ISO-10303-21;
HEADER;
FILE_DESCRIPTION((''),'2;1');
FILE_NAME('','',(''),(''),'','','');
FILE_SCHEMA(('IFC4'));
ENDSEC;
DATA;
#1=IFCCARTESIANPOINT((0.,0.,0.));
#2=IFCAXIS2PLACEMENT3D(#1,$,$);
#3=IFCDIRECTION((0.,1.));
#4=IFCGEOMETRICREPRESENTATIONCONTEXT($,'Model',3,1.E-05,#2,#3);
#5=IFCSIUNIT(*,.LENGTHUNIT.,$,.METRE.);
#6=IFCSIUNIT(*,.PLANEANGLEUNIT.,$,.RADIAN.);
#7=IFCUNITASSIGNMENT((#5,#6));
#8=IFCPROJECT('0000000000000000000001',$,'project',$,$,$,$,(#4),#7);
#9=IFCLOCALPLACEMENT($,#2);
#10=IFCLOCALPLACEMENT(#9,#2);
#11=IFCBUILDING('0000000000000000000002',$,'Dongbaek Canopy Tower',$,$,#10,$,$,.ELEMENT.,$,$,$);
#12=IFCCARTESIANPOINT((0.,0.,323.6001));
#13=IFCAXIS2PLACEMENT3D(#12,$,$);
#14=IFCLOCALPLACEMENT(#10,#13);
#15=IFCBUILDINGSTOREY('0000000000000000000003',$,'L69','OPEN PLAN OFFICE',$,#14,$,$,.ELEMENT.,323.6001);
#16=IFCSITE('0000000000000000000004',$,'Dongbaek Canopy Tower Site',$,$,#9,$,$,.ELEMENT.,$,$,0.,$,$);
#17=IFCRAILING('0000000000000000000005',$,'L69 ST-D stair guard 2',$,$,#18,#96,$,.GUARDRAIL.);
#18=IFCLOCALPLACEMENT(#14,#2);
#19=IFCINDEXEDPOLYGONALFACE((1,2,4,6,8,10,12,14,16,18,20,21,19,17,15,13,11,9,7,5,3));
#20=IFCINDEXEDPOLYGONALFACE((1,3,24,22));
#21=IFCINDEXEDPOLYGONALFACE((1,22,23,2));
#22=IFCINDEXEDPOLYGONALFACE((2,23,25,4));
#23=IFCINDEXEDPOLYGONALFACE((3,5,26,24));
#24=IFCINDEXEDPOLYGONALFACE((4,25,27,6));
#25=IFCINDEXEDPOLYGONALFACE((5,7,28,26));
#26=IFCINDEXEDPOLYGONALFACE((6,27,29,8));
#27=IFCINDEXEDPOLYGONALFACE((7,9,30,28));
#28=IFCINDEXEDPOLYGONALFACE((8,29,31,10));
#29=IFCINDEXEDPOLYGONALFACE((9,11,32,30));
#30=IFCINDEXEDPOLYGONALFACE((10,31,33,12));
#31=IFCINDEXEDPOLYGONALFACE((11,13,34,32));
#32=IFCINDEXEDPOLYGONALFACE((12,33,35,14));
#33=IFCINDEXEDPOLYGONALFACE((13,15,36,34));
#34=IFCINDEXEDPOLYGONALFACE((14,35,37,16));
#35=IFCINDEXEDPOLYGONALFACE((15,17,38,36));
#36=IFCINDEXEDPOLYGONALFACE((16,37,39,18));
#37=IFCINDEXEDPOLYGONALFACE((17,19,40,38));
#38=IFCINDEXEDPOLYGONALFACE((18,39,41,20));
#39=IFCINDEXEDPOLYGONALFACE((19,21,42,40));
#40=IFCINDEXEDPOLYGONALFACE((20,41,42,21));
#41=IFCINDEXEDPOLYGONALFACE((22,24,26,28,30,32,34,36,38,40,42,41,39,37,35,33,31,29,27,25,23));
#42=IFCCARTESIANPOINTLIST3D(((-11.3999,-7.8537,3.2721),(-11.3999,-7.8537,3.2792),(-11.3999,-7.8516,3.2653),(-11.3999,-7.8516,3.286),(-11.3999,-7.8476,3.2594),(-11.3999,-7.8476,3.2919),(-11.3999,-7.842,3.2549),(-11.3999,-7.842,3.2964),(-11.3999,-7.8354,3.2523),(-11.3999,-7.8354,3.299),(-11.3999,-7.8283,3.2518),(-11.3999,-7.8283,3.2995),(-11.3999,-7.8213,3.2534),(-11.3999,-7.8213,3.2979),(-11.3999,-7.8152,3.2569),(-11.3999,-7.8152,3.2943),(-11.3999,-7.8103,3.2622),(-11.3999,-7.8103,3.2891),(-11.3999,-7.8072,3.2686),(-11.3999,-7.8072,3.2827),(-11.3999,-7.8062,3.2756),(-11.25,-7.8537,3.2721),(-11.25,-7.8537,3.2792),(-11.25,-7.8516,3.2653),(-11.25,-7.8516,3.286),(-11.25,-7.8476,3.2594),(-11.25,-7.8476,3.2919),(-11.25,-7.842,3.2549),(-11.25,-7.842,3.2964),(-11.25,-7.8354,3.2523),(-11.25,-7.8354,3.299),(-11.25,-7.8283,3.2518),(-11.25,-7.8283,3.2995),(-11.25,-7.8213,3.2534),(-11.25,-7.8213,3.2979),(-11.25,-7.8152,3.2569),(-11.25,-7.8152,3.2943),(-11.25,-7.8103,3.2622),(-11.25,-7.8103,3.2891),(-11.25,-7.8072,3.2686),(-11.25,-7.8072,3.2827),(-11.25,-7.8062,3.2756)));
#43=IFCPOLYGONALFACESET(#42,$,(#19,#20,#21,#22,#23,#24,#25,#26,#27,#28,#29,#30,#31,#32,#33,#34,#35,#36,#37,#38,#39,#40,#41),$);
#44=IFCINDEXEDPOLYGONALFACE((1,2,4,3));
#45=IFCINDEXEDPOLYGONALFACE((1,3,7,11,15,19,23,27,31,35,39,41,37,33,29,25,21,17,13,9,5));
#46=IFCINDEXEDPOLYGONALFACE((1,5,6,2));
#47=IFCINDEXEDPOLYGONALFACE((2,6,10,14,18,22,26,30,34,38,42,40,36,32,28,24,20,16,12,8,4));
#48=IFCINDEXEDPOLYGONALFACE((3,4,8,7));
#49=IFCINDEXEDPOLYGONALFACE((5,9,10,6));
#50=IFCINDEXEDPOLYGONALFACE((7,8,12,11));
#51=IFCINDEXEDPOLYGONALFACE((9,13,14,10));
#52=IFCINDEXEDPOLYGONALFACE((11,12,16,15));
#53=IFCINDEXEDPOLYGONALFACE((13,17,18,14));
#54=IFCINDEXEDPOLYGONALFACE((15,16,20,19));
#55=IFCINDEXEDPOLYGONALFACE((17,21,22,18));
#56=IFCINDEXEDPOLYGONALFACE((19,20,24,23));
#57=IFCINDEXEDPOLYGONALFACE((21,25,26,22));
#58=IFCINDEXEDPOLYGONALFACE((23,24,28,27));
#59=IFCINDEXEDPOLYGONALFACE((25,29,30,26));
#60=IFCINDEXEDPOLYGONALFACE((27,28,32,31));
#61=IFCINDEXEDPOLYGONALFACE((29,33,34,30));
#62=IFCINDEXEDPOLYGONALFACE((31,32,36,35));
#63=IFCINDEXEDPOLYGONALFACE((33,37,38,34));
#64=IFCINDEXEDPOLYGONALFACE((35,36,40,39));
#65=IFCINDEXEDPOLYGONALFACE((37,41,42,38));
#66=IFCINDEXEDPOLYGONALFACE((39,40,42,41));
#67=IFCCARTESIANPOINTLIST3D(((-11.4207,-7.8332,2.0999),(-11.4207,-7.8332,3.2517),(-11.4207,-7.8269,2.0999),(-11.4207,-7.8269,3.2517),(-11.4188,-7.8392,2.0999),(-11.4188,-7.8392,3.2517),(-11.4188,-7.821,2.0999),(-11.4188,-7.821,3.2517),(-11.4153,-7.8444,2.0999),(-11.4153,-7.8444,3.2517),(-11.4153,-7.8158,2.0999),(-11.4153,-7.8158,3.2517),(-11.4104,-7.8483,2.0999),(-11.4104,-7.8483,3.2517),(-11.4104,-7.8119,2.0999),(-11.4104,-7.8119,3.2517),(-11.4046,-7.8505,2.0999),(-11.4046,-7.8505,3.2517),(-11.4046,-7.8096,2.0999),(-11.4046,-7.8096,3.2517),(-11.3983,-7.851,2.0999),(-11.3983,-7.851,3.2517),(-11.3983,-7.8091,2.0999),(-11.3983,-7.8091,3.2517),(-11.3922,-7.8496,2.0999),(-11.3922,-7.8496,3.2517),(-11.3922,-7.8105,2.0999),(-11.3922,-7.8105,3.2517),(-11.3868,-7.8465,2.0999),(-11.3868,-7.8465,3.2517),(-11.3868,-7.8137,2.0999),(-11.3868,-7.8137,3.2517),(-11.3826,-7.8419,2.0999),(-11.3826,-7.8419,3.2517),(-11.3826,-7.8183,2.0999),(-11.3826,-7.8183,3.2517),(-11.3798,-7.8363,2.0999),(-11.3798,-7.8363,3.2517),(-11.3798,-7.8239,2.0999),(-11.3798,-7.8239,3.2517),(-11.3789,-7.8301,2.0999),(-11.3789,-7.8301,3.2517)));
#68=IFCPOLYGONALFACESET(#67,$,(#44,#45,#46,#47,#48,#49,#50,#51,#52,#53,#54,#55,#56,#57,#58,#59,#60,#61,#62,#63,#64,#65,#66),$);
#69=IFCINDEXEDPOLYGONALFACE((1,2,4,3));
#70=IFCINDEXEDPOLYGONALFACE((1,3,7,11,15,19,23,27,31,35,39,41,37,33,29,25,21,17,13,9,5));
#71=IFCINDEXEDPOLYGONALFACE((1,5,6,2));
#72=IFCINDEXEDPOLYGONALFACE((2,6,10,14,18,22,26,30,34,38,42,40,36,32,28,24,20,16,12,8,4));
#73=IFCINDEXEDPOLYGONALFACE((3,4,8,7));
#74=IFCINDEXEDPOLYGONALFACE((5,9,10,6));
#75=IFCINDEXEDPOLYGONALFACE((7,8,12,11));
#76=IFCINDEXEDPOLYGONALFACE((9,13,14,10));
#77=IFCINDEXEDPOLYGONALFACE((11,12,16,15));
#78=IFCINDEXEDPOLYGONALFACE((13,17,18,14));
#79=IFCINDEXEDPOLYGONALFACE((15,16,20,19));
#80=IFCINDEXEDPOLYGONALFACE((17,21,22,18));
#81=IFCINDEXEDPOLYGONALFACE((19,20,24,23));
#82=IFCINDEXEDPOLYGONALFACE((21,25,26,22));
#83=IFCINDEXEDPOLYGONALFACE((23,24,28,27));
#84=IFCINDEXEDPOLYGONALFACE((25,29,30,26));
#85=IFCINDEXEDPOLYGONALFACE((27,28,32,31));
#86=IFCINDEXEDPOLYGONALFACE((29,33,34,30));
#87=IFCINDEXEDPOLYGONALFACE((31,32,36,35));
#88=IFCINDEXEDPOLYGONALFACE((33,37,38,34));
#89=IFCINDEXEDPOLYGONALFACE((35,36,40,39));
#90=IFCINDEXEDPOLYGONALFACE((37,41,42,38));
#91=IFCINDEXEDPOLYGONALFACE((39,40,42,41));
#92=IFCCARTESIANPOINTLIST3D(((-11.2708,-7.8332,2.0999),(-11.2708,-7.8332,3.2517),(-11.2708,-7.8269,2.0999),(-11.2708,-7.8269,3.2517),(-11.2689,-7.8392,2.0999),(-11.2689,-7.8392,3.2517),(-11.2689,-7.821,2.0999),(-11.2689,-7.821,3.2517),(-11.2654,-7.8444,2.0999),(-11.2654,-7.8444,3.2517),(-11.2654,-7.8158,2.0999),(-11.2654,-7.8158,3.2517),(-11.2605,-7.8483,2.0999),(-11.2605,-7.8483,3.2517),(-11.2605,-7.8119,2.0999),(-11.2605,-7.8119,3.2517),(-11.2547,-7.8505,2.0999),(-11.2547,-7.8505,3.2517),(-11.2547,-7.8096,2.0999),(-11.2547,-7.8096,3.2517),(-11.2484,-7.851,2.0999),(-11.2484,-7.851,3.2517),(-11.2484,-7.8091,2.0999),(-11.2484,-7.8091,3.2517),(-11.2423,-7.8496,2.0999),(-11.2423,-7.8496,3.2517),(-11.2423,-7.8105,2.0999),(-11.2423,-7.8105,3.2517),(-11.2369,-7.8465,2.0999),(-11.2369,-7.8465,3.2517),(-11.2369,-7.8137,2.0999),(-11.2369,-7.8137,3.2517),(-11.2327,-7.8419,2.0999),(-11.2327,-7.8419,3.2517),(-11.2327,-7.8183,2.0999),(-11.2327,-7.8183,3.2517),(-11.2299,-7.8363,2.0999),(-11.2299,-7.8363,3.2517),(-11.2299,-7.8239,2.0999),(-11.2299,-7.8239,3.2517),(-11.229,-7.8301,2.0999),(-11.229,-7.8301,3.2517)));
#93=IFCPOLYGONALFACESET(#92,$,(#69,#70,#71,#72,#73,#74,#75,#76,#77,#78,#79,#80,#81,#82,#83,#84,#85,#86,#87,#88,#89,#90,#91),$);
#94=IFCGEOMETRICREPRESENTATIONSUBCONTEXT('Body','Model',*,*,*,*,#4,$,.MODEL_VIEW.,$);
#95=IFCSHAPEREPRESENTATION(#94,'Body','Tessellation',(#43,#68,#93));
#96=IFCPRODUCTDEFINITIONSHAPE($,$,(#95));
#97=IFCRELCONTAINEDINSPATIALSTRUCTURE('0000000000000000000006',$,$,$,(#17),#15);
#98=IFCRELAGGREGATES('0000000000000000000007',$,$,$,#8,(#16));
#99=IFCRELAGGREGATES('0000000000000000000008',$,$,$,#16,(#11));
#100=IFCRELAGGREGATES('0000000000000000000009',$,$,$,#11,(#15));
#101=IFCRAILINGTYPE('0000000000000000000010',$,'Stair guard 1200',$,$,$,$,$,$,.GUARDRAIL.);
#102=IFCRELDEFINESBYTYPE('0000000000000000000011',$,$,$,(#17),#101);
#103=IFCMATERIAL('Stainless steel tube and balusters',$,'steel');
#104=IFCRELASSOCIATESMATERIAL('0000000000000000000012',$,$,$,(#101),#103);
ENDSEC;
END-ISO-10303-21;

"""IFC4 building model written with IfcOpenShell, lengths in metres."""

from ifc_helpers import new_model, si_unit, direction, frame, origin, origin_2d, place, context, subcontext, project, spatial, circle, extrude, material, type_object, element, save


model = new_model("IFC4")

# Units and contexts
model_context = context("Model", 3, precision=1e-05, world=origin(), true_north=direction((0.0, 1.0)))
body_context = subcontext(model_context, "Body", "Model", "MODEL_VIEW")
ifc_project = project(units=[si_unit("LENGTHUNIT", "METRE"), si_unit("PLANEANGLEUNIT", "RADIAN")], contexts=[model_context])

# Site, building, storey
site_placement = place(None, origin())
site = spatial("IfcSite", under=ifc_project, at=site_placement, Name="Dongbaek Canopy Tower Site", CompositionType="ELEMENT", RefElevation=0.0)
building_placement = place(site_placement, origin())
building = spatial("IfcBuilding", under=site, at=building_placement, Name="Dongbaek Canopy Tower", CompositionType="ELEMENT")
storey_placement = place(building_placement, frame((0.0, 0.0, 323.6001)))
storey = spatial("IfcBuildingStorey", under=building, at=storey_placement, Name="L69", Description="OPEN PLAN OFFICE", CompositionType="ELEMENT", Elevation=323.6001)

# Railing
ifc_material_1 = material(Name="Stainless steel tube and balusters", Category="steel")
railing_type_1 = type_object("IfcRailingType", Name="Stair guard 1200", PredefinedType="GUARDRAIL", material=ifc_material_1)
railing_1_placement = place(storey_placement, frame((-11.3999, -7.8301, 2.0999)))
element("IfcRailing", 1, at=railing_1_placement, inside=storey, type_object=railing_type_1, Name="L69 ST-D stair guard 2", PredefinedType="GUARDRAIL", context=body_context, shape_type="SweptSolid", body=[
    extrude(circle(Radius=0.0239, at=origin_2d()), frame((0.0, 0.0, 1.1758), z_axis=(1.0, 0.0, 0.0), x_axis=(0.0, 1.0, 0.0)), (0.0, 0.0, 1.0), 0.1499),
    extrude(circle(Radius=0.021, at=origin_2d()), origin(), (0.0, 0.0, 1.0), 1.1519),
    extrude(circle(Radius=0.021, at=origin_2d()), frame((0.1499, 0.0, 0.0)), (0.0, 0.0, 1.0), 1.1519),
])

save(model, "model.ifc")
